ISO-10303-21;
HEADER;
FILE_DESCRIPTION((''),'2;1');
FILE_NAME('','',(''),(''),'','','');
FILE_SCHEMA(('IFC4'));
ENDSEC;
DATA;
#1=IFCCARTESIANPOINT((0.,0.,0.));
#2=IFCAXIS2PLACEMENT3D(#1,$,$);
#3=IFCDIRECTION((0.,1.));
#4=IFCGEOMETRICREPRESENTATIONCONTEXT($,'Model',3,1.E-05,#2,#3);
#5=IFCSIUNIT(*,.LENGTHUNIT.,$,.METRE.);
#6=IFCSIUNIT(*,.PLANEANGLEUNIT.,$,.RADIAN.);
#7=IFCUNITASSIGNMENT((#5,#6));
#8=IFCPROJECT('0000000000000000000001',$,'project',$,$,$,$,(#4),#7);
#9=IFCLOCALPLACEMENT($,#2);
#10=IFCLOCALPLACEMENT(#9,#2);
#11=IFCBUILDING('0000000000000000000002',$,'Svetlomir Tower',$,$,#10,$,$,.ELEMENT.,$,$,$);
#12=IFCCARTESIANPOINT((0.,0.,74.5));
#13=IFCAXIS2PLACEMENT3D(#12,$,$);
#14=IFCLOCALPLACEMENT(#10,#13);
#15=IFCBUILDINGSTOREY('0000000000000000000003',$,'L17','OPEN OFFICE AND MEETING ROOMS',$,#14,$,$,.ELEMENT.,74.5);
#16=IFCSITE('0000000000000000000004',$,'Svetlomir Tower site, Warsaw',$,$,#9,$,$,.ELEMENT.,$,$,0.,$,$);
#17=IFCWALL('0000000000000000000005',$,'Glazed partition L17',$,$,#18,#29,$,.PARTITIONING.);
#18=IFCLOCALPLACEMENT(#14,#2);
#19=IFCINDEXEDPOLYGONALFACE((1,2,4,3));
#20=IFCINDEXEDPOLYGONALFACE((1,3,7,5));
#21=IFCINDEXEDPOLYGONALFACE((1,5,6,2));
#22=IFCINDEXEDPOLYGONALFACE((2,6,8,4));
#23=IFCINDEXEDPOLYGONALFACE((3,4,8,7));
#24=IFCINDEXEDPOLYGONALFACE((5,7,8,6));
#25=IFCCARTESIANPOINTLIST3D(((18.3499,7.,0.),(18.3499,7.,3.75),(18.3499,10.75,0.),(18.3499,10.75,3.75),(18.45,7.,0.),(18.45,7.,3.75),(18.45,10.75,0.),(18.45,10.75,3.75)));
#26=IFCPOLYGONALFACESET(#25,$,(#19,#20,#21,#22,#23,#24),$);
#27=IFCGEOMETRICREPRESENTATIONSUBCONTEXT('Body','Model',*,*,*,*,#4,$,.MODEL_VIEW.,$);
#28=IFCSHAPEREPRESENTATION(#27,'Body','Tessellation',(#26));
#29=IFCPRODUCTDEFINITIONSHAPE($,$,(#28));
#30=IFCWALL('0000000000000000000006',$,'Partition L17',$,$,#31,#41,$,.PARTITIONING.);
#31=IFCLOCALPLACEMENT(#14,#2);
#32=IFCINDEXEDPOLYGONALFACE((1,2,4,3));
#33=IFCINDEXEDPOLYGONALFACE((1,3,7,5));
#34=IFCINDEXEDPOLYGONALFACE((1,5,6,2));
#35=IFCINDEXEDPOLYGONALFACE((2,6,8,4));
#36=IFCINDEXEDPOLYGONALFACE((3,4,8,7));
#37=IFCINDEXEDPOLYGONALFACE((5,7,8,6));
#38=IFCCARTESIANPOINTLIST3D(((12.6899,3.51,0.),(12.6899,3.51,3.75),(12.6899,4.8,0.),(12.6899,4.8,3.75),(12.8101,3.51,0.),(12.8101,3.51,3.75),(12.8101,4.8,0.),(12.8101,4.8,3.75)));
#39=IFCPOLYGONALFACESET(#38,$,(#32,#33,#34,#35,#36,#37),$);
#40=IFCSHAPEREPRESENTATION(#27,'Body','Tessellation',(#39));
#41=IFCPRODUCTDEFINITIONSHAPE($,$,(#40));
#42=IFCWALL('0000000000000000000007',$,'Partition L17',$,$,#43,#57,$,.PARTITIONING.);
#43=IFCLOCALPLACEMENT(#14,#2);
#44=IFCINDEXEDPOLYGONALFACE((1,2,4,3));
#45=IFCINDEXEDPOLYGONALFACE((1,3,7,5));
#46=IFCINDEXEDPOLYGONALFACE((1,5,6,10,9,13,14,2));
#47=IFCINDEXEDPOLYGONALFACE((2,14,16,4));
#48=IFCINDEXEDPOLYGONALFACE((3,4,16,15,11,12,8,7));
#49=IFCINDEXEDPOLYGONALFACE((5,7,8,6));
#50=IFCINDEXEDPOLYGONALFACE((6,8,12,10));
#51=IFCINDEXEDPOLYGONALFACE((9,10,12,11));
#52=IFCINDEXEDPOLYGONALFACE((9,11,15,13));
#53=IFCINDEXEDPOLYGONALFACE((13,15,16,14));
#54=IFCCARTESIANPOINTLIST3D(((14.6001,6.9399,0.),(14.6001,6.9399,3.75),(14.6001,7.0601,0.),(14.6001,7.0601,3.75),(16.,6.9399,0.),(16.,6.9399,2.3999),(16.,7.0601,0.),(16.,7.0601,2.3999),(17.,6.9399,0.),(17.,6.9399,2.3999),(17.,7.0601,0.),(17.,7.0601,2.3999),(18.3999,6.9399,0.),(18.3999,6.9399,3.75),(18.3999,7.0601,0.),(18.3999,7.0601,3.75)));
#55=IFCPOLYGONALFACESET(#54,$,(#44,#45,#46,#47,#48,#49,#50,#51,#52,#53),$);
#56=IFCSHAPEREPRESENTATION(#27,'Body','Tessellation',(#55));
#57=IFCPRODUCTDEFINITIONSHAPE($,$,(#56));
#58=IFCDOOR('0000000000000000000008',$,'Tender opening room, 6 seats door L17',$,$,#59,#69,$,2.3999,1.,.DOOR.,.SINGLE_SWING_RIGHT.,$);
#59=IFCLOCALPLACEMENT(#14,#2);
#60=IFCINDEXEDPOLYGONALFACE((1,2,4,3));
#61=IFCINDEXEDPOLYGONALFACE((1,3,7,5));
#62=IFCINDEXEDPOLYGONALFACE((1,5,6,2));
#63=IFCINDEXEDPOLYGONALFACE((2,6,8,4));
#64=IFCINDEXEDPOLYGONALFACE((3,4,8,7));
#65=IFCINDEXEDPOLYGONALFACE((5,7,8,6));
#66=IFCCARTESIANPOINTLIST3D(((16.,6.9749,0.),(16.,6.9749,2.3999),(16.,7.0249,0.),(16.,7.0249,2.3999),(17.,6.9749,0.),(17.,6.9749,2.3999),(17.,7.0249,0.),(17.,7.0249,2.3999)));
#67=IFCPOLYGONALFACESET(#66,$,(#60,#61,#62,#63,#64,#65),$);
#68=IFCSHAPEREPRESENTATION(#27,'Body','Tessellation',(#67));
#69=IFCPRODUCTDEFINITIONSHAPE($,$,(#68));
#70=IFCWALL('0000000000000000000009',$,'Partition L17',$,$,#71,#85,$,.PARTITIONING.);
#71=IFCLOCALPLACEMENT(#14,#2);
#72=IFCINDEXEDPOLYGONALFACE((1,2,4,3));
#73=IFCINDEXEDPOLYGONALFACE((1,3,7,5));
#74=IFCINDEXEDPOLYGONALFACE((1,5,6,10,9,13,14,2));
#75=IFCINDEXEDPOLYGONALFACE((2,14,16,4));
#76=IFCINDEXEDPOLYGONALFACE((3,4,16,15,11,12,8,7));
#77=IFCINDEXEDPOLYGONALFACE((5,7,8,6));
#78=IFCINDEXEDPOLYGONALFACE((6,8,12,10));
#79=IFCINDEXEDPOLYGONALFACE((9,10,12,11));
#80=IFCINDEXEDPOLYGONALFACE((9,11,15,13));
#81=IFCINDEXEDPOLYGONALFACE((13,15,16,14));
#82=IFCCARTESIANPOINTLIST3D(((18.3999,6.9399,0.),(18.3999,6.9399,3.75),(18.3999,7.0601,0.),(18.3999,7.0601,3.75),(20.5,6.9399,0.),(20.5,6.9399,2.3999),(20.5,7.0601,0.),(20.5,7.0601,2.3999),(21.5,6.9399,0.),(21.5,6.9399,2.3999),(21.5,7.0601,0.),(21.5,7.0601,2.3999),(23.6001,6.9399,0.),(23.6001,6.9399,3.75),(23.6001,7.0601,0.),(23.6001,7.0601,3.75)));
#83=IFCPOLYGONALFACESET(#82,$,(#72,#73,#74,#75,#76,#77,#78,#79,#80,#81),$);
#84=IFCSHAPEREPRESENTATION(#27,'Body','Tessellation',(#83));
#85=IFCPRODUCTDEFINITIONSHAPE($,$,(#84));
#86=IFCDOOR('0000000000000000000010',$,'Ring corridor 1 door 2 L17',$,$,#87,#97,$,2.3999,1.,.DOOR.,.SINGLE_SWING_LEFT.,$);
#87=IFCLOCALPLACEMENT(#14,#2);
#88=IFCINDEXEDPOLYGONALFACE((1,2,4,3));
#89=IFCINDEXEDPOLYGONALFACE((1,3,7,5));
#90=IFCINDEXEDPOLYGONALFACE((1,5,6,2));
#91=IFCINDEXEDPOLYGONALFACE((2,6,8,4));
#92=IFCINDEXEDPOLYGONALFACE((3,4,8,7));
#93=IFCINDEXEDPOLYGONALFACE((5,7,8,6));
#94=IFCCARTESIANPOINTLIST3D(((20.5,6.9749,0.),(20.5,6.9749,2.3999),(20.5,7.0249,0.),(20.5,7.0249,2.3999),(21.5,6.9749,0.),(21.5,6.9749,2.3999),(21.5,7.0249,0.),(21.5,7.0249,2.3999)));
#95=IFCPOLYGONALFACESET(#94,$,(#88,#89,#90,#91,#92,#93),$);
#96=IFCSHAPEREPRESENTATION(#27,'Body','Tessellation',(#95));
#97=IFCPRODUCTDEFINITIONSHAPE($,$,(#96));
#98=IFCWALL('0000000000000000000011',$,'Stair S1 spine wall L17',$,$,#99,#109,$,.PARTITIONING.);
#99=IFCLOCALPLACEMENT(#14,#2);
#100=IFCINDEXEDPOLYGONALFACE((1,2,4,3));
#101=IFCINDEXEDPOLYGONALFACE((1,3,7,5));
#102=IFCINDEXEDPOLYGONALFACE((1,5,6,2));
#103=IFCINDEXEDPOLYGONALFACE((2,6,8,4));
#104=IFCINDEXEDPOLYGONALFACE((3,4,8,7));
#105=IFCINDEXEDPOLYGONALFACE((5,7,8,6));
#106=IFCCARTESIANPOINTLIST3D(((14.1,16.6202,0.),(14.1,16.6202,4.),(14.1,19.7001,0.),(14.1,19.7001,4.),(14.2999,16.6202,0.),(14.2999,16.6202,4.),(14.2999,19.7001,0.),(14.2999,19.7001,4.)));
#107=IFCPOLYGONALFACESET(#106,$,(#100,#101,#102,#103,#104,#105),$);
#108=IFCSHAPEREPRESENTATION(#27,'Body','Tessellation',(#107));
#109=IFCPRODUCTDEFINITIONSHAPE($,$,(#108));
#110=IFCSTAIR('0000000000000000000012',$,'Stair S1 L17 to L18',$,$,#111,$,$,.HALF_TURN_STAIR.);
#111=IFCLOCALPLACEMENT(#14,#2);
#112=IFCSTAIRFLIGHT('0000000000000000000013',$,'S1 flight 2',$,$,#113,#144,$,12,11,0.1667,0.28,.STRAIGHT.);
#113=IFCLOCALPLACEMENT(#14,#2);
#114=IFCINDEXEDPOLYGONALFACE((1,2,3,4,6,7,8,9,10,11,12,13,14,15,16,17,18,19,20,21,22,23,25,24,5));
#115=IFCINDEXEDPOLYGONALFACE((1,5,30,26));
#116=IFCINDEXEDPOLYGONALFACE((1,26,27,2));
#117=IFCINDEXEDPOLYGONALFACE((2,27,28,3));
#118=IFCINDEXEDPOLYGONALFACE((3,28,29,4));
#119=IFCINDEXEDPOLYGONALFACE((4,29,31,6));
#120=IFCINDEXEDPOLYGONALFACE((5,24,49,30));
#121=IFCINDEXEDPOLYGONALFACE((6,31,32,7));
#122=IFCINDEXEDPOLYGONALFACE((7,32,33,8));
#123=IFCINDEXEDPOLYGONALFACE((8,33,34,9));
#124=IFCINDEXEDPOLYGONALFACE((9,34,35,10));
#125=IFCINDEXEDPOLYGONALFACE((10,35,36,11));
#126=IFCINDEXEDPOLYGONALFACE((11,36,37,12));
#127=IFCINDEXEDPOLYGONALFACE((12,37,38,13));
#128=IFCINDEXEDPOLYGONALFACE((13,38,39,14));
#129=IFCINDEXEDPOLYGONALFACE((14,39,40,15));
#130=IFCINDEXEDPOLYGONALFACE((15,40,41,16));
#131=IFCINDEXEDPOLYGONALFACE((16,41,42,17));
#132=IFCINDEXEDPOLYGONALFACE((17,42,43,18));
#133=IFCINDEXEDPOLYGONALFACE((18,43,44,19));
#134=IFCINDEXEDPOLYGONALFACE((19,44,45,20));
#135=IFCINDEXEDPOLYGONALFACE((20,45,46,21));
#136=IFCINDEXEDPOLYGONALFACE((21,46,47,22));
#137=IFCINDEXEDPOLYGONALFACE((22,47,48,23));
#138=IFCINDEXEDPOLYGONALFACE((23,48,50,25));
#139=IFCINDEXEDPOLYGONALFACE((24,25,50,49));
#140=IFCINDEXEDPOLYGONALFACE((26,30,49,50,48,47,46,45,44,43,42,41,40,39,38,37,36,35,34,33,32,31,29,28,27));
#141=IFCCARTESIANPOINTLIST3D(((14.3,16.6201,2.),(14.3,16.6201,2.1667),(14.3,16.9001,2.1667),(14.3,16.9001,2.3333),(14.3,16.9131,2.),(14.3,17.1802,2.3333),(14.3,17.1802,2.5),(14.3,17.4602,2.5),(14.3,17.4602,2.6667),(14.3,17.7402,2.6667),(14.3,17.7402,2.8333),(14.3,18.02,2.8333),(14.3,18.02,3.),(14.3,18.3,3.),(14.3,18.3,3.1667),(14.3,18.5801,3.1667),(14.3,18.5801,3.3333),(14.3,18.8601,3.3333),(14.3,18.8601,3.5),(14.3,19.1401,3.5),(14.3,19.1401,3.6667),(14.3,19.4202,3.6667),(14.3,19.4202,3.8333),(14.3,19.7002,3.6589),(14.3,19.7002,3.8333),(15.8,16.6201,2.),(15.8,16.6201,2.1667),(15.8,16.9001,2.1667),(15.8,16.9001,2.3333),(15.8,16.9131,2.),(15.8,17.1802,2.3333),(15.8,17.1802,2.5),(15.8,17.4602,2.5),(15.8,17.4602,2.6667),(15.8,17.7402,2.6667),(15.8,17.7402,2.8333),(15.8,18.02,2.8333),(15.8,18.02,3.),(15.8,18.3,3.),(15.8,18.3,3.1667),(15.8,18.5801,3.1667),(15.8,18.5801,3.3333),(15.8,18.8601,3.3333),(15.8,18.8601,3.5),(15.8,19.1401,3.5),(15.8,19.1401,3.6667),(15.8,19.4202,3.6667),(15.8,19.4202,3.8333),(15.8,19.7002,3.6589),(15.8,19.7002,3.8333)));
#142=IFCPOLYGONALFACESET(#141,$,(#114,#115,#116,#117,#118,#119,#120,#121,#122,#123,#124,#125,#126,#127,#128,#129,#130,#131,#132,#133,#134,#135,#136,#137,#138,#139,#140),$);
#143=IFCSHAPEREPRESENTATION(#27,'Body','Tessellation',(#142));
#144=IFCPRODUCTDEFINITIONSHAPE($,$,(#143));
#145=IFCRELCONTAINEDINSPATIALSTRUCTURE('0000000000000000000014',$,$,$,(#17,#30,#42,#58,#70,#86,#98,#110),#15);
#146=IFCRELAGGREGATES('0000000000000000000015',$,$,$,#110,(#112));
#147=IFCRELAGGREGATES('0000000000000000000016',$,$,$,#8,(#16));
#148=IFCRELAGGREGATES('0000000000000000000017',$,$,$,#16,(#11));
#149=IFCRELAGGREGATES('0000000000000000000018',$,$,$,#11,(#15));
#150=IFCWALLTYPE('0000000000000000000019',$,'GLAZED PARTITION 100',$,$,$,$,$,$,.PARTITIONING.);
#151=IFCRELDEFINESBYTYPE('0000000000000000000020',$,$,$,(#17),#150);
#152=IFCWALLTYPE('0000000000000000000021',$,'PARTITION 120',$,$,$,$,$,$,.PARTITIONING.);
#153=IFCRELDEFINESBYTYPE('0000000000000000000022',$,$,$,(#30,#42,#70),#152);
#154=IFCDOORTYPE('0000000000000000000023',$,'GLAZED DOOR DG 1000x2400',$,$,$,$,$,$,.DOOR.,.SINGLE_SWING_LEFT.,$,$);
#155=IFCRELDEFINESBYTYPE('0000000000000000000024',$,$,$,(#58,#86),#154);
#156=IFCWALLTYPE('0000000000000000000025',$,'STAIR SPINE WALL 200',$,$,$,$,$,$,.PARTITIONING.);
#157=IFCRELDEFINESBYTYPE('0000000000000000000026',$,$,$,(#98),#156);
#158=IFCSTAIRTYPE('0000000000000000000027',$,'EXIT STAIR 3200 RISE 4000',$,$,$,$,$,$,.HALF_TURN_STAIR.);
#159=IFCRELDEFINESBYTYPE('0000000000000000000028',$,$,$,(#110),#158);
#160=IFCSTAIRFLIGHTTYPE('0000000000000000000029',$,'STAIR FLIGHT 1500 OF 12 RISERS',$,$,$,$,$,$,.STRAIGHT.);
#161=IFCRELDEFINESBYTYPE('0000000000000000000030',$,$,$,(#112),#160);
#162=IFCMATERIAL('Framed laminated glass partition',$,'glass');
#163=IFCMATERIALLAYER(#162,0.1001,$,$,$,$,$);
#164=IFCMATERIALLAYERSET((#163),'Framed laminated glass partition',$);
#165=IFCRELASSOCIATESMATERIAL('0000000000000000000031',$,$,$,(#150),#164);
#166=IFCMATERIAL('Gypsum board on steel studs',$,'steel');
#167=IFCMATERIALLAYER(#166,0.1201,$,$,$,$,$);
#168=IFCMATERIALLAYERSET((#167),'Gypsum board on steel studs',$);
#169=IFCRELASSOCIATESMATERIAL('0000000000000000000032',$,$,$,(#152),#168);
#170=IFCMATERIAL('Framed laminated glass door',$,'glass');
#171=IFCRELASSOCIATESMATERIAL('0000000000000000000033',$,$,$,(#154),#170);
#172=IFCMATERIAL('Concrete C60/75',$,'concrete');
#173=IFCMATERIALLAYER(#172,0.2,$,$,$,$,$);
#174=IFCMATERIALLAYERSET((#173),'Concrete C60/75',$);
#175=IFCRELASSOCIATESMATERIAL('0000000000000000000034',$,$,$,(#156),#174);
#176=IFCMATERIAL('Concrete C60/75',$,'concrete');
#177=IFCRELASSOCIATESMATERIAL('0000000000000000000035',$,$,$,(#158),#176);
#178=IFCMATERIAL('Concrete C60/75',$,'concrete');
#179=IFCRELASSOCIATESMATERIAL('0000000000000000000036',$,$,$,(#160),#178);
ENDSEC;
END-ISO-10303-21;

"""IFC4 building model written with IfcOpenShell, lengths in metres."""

from ifc_helpers import new_model, si_unit, direction, frame, frame_2d, origin, place, context, subcontext, project, spatial, polyline, rectangle, outline, extrude, material, layer, layer_set, type_object, element, fill, aggregate, save


model = new_model("IFC4")

# Units and contexts
model_context = context("Model", 3, precision=1e-05, world=origin(), true_north=direction((0.0, 1.0)))
body_context = subcontext(model_context, "Body", "Model", "MODEL_VIEW")
ifc_project = project(units=[si_unit("LENGTHUNIT", "METRE"), si_unit("PLANEANGLEUNIT", "RADIAN")], contexts=[model_context])

# Site, building, storey
site_placement = place(None, origin())
site = spatial("IfcSite", under=ifc_project, at=site_placement, Name="Svetlomir Tower site, Warsaw", CompositionType="ELEMENT", RefElevation=0.0)
building_placement = place(site_placement, origin())
building = spatial("IfcBuilding", under=site, at=building_placement, Name="Svetlomir Tower", CompositionType="ELEMENT")
storey_placement = place(building_placement, frame((0.0, 0.0, 74.5)))
storey = spatial("IfcBuildingStorey", under=building, at=storey_placement, Name="L17", Description="OPEN OFFICE AND MEETING ROOMS", CompositionType="ELEMENT", Elevation=74.5)

# Walls
ifc_material_1 = material(Name="Framed laminated glass partition", Category="glass")
ifc_layer_1 = layer(ifc_material_1, 0.1001)
ifc_layer_set_1 = layer_set([ifc_layer_1], Name="Framed laminated glass partition")
wall_type_1 = type_object("IfcWallType", Name="GLAZED PARTITION 100", PredefinedType="PARTITIONING", material=ifc_layer_set_1)
wall_1_placement = place(storey_placement, frame((18.3999, 7.0, 0.0), z_axis=(0.0, 0.0, 1.0), x_axis=(0.0, 1.0, 0.0)))
element("IfcWall", 1, at=wall_1_placement, inside=storey, type_object=wall_type_1, Name="Glazed partition L17", PredefinedType="PARTITIONING", context=body_context, shape_type="SweptSolid", body=[
    extrude(rectangle(XDim=3.75, YDim=0.1001, at=frame_2d((1.875, 0.0))), origin(), (0.0, 0.0, 1.0), 3.75),
])
ifc_material_2 = material(Name="Gypsum board on steel studs", Category="steel")
ifc_layer_2 = layer(ifc_material_2, 0.1201)
ifc_layer_set_2 = layer_set([ifc_layer_2], Name="Gypsum board on steel studs")
wall_type_2 = type_object("IfcWallType", Name="PARTITION 120", PredefinedType="PARTITIONING", material=ifc_layer_set_2)
wall_2_placement = place(storey_placement, frame((12.75, 3.51, 0.0), z_axis=(0.0, 0.0, 1.0), x_axis=(0.0, 1.0, 0.0)))
element("IfcWall", 2, at=wall_2_placement, inside=storey, type_object=wall_type_2, Name="Partition L17", PredefinedType="PARTITIONING", context=body_context, shape_type="SweptSolid", body=[
    extrude(rectangle(XDim=1.29, YDim=0.1201, at=frame_2d((0.645, 0.0))), origin(), (0.0, 0.0, 1.0), 3.75),
])

# Walls, openings, doors
wall_3_placement = place(storey_placement, frame((14.6001, 7.0, 0.0), z_axis=(0.0, 0.0, 1.0), x_axis=(1.0, 0.0, 0.0)))
wall_3 = element("IfcWall", 3, at=wall_3_placement, inside=storey, type_object=wall_type_2, Name="Partition L17", PredefinedType="PARTITIONING", context=body_context, shape_type="SweptSolid", body=[
    extrude(rectangle(XDim=3.7998, YDim=0.1201, at=frame_2d((1.8999, 0.0))), origin(), (0.0, 0.0, 1.0), 3.75),
])
opening_1_placement = place(wall_3_placement, frame((1.3999, 0.0, 0.0)))
opening_1 = element("IfcOpeningElement", 4, at=opening_1_placement, cuts=wall_3, PredefinedType="OPENING", context=body_context, shape_type="SweptSolid", body=[
    extrude(rectangle(XDim=1.0, YDim=2.3999, at=frame_2d((0.5, 1.2))), frame((0.0, 0.0701, 0.0), z_axis=(0.0, -1.0, 0.0), x_axis=(1.0, 0.0, 0.0)), (0.0, 0.0, 1.0), 0.1401),
])
ifc_material_3 = material(Name="Framed laminated glass door", Category="glass")
door_type_1 = type_object("IfcDoorType", Name="GLAZED DOOR DG 1000x2400", OperationType="SINGLE_SWING_LEFT", PredefinedType="DOOR", material=ifc_material_3)
door_1_placement = place(opening_1_placement, origin())
door_1 = element("IfcDoor", 5, at=door_1_placement, inside=storey, type_object=door_type_1, Name="Tender opening room, 6 seats door L17", OperationType="SINGLE_SWING_RIGHT", OverallHeight=2.3999, OverallWidth=1.0, PredefinedType="DOOR", context=body_context, shape_type="SweptSolid", body=[
    extrude(rectangle(XDim=1.0, YDim=2.3999, at=frame_2d((0.5, 1.2))), frame((0.0, 0.0249, 0.0), z_axis=(0.0, -1.0, 0.0), x_axis=(1.0, 0.0, 0.0)), (0.0, 0.0, 1.0), 0.05),
])
fill(opening_1, door_1)
wall_4_placement = place(storey_placement, frame((18.3999, 7.0, 0.0), z_axis=(0.0, 0.0, 1.0), x_axis=(1.0, 0.0, 0.0)))
wall_4 = element("IfcWall", 6, at=wall_4_placement, inside=storey, type_object=wall_type_2, Name="Partition L17", PredefinedType="PARTITIONING", context=body_context, shape_type="SweptSolid", body=[
    extrude(rectangle(XDim=5.2002, YDim=0.1201, at=frame_2d((2.6001, 0.0))), origin(), (0.0, 0.0, 1.0), 3.75),
])
opening_2_placement = place(wall_4_placement, frame((2.1001, 0.0, 0.0)))
opening_2 = element("IfcOpeningElement", 7, at=opening_2_placement, cuts=wall_4, PredefinedType="OPENING", context=body_context, shape_type="SweptSolid", body=[
    extrude(rectangle(XDim=1.0, YDim=2.3999, at=frame_2d((0.5, 1.2))), frame((0.0, 0.0701, 0.0), z_axis=(0.0, -1.0, 0.0), x_axis=(1.0, 0.0, 0.0)), (0.0, 0.0, 1.0), 0.1401),
])
door_2_placement = place(opening_2_placement, origin())
door_2 = element("IfcDoor", 8, at=door_2_placement, inside=storey, type_object=door_type_1, Name="Ring corridor 1 door 2 L17", OperationType="SINGLE_SWING_LEFT", OverallHeight=2.3999, OverallWidth=1.0, PredefinedType="DOOR", context=body_context, shape_type="SweptSolid", body=[
    extrude(rectangle(XDim=1.0, YDim=2.3999, at=frame_2d((0.5, 1.2))), frame((0.0, 0.0249, 0.0), z_axis=(0.0, -1.0, 0.0), x_axis=(1.0, 0.0, 0.0)), (0.0, 0.0, 1.0), 0.05),
])
fill(opening_2, door_2)

# Wall
ifc_material_4 = material(Name="Concrete C60/75", Category="concrete")
ifc_layer_3 = layer(ifc_material_4, 0.2)
ifc_layer_set_3 = layer_set([ifc_layer_3], Name="Concrete C60/75")
wall_type_3 = type_object("IfcWallType", Name="STAIR SPINE WALL 200", PredefinedType="PARTITIONING", material=ifc_layer_set_3)
wall_5_placement = place(storey_placement, frame((14.2, 16.6201, 0.0), z_axis=(0.0, 0.0, 1.0), x_axis=(0.0, 1.0, 0.0)))
element("IfcWall", 9, at=wall_5_placement, inside=storey, type_object=wall_type_3, Name="Stair S1 spine wall L17", PredefinedType="PARTITIONING", context=body_context, shape_type="SweptSolid", body=[
    extrude(rectangle(XDim=3.0798, YDim=0.2, at=frame_2d((1.54, 0.0))), origin(), (0.0, 0.0, 1.0), 4.0),
])

# Stair, stair flight
ifc_material_5 = material(Name="Concrete C60/75", Category="concrete")
stair_type = type_object("IfcStairType", Name="EXIT STAIR 3200 RISE 4000", PredefinedType="HALF_TURN_STAIR", material=ifc_material_5)
stair_placement = place(storey_placement, origin())
stair = element("IfcStair", 10, at=stair_placement, inside=storey, type_object=stair_type, Name="Stair S1 L17 to L18", PredefinedType="HALF_TURN_STAIR")
ifc_material_6 = material(Name="Concrete C60/75", Category="concrete")
stair_flight_type = type_object("IfcStairFlightType", Name="STAIR FLIGHT 1500 OF 12 RISERS", PredefinedType="STRAIGHT", material=ifc_material_6)
stair_flight_placement = place(storey_placement, frame((15.05, 16.6201, 2.0), z_axis=(0.0, 0.0, 1.0), x_axis=(0.0, 1.0, 0.0)))
stair_flight = element("IfcStairFlight", 11, at=stair_flight_placement, type_object=stair_flight_type, Name="S1 flight 2", NumberOfRisers=12, NumberOfTreads=11, PredefinedType="STRAIGHT", RiserHeight=0.1667, TreadLength=0.28, context=body_context, shape_type="SweptSolid", body=[
    extrude(outline(polyline([(0.0, 0.0), (0.0, 0.1667), (0.28, 0.1667), (0.28, 0.3333), (0.5601, 0.3333), (0.5601, 0.5), (0.8401, 0.5), (0.8401, 0.6667), (1.1201, 0.6667), (1.1201, 0.8333), (1.3999, 0.8333), (1.3999, 1.0), (1.6799, 1.0), (1.6799, 1.1667), (1.96, 1.1667), (1.96, 1.3333), (2.24, 1.3333), (2.24, 1.5), (2.52, 1.5), (2.52, 1.6667), (2.8, 1.6667), (2.8, 1.8333), (3.0801, 1.8333), (3.0801, 2.0), (3.0801, 1.6589), (0.293, 0.0), (0.0, 0.0)])), frame((0.0, 0.75, 0.0), z_axis=(0.0, -1.0, 0.0), x_axis=(1.0, 0.0, 0.0)), (0.0, 0.0, 1.0), 1.5),
])
aggregate(stair, [stair_flight])

save(model, "model.ifc")
